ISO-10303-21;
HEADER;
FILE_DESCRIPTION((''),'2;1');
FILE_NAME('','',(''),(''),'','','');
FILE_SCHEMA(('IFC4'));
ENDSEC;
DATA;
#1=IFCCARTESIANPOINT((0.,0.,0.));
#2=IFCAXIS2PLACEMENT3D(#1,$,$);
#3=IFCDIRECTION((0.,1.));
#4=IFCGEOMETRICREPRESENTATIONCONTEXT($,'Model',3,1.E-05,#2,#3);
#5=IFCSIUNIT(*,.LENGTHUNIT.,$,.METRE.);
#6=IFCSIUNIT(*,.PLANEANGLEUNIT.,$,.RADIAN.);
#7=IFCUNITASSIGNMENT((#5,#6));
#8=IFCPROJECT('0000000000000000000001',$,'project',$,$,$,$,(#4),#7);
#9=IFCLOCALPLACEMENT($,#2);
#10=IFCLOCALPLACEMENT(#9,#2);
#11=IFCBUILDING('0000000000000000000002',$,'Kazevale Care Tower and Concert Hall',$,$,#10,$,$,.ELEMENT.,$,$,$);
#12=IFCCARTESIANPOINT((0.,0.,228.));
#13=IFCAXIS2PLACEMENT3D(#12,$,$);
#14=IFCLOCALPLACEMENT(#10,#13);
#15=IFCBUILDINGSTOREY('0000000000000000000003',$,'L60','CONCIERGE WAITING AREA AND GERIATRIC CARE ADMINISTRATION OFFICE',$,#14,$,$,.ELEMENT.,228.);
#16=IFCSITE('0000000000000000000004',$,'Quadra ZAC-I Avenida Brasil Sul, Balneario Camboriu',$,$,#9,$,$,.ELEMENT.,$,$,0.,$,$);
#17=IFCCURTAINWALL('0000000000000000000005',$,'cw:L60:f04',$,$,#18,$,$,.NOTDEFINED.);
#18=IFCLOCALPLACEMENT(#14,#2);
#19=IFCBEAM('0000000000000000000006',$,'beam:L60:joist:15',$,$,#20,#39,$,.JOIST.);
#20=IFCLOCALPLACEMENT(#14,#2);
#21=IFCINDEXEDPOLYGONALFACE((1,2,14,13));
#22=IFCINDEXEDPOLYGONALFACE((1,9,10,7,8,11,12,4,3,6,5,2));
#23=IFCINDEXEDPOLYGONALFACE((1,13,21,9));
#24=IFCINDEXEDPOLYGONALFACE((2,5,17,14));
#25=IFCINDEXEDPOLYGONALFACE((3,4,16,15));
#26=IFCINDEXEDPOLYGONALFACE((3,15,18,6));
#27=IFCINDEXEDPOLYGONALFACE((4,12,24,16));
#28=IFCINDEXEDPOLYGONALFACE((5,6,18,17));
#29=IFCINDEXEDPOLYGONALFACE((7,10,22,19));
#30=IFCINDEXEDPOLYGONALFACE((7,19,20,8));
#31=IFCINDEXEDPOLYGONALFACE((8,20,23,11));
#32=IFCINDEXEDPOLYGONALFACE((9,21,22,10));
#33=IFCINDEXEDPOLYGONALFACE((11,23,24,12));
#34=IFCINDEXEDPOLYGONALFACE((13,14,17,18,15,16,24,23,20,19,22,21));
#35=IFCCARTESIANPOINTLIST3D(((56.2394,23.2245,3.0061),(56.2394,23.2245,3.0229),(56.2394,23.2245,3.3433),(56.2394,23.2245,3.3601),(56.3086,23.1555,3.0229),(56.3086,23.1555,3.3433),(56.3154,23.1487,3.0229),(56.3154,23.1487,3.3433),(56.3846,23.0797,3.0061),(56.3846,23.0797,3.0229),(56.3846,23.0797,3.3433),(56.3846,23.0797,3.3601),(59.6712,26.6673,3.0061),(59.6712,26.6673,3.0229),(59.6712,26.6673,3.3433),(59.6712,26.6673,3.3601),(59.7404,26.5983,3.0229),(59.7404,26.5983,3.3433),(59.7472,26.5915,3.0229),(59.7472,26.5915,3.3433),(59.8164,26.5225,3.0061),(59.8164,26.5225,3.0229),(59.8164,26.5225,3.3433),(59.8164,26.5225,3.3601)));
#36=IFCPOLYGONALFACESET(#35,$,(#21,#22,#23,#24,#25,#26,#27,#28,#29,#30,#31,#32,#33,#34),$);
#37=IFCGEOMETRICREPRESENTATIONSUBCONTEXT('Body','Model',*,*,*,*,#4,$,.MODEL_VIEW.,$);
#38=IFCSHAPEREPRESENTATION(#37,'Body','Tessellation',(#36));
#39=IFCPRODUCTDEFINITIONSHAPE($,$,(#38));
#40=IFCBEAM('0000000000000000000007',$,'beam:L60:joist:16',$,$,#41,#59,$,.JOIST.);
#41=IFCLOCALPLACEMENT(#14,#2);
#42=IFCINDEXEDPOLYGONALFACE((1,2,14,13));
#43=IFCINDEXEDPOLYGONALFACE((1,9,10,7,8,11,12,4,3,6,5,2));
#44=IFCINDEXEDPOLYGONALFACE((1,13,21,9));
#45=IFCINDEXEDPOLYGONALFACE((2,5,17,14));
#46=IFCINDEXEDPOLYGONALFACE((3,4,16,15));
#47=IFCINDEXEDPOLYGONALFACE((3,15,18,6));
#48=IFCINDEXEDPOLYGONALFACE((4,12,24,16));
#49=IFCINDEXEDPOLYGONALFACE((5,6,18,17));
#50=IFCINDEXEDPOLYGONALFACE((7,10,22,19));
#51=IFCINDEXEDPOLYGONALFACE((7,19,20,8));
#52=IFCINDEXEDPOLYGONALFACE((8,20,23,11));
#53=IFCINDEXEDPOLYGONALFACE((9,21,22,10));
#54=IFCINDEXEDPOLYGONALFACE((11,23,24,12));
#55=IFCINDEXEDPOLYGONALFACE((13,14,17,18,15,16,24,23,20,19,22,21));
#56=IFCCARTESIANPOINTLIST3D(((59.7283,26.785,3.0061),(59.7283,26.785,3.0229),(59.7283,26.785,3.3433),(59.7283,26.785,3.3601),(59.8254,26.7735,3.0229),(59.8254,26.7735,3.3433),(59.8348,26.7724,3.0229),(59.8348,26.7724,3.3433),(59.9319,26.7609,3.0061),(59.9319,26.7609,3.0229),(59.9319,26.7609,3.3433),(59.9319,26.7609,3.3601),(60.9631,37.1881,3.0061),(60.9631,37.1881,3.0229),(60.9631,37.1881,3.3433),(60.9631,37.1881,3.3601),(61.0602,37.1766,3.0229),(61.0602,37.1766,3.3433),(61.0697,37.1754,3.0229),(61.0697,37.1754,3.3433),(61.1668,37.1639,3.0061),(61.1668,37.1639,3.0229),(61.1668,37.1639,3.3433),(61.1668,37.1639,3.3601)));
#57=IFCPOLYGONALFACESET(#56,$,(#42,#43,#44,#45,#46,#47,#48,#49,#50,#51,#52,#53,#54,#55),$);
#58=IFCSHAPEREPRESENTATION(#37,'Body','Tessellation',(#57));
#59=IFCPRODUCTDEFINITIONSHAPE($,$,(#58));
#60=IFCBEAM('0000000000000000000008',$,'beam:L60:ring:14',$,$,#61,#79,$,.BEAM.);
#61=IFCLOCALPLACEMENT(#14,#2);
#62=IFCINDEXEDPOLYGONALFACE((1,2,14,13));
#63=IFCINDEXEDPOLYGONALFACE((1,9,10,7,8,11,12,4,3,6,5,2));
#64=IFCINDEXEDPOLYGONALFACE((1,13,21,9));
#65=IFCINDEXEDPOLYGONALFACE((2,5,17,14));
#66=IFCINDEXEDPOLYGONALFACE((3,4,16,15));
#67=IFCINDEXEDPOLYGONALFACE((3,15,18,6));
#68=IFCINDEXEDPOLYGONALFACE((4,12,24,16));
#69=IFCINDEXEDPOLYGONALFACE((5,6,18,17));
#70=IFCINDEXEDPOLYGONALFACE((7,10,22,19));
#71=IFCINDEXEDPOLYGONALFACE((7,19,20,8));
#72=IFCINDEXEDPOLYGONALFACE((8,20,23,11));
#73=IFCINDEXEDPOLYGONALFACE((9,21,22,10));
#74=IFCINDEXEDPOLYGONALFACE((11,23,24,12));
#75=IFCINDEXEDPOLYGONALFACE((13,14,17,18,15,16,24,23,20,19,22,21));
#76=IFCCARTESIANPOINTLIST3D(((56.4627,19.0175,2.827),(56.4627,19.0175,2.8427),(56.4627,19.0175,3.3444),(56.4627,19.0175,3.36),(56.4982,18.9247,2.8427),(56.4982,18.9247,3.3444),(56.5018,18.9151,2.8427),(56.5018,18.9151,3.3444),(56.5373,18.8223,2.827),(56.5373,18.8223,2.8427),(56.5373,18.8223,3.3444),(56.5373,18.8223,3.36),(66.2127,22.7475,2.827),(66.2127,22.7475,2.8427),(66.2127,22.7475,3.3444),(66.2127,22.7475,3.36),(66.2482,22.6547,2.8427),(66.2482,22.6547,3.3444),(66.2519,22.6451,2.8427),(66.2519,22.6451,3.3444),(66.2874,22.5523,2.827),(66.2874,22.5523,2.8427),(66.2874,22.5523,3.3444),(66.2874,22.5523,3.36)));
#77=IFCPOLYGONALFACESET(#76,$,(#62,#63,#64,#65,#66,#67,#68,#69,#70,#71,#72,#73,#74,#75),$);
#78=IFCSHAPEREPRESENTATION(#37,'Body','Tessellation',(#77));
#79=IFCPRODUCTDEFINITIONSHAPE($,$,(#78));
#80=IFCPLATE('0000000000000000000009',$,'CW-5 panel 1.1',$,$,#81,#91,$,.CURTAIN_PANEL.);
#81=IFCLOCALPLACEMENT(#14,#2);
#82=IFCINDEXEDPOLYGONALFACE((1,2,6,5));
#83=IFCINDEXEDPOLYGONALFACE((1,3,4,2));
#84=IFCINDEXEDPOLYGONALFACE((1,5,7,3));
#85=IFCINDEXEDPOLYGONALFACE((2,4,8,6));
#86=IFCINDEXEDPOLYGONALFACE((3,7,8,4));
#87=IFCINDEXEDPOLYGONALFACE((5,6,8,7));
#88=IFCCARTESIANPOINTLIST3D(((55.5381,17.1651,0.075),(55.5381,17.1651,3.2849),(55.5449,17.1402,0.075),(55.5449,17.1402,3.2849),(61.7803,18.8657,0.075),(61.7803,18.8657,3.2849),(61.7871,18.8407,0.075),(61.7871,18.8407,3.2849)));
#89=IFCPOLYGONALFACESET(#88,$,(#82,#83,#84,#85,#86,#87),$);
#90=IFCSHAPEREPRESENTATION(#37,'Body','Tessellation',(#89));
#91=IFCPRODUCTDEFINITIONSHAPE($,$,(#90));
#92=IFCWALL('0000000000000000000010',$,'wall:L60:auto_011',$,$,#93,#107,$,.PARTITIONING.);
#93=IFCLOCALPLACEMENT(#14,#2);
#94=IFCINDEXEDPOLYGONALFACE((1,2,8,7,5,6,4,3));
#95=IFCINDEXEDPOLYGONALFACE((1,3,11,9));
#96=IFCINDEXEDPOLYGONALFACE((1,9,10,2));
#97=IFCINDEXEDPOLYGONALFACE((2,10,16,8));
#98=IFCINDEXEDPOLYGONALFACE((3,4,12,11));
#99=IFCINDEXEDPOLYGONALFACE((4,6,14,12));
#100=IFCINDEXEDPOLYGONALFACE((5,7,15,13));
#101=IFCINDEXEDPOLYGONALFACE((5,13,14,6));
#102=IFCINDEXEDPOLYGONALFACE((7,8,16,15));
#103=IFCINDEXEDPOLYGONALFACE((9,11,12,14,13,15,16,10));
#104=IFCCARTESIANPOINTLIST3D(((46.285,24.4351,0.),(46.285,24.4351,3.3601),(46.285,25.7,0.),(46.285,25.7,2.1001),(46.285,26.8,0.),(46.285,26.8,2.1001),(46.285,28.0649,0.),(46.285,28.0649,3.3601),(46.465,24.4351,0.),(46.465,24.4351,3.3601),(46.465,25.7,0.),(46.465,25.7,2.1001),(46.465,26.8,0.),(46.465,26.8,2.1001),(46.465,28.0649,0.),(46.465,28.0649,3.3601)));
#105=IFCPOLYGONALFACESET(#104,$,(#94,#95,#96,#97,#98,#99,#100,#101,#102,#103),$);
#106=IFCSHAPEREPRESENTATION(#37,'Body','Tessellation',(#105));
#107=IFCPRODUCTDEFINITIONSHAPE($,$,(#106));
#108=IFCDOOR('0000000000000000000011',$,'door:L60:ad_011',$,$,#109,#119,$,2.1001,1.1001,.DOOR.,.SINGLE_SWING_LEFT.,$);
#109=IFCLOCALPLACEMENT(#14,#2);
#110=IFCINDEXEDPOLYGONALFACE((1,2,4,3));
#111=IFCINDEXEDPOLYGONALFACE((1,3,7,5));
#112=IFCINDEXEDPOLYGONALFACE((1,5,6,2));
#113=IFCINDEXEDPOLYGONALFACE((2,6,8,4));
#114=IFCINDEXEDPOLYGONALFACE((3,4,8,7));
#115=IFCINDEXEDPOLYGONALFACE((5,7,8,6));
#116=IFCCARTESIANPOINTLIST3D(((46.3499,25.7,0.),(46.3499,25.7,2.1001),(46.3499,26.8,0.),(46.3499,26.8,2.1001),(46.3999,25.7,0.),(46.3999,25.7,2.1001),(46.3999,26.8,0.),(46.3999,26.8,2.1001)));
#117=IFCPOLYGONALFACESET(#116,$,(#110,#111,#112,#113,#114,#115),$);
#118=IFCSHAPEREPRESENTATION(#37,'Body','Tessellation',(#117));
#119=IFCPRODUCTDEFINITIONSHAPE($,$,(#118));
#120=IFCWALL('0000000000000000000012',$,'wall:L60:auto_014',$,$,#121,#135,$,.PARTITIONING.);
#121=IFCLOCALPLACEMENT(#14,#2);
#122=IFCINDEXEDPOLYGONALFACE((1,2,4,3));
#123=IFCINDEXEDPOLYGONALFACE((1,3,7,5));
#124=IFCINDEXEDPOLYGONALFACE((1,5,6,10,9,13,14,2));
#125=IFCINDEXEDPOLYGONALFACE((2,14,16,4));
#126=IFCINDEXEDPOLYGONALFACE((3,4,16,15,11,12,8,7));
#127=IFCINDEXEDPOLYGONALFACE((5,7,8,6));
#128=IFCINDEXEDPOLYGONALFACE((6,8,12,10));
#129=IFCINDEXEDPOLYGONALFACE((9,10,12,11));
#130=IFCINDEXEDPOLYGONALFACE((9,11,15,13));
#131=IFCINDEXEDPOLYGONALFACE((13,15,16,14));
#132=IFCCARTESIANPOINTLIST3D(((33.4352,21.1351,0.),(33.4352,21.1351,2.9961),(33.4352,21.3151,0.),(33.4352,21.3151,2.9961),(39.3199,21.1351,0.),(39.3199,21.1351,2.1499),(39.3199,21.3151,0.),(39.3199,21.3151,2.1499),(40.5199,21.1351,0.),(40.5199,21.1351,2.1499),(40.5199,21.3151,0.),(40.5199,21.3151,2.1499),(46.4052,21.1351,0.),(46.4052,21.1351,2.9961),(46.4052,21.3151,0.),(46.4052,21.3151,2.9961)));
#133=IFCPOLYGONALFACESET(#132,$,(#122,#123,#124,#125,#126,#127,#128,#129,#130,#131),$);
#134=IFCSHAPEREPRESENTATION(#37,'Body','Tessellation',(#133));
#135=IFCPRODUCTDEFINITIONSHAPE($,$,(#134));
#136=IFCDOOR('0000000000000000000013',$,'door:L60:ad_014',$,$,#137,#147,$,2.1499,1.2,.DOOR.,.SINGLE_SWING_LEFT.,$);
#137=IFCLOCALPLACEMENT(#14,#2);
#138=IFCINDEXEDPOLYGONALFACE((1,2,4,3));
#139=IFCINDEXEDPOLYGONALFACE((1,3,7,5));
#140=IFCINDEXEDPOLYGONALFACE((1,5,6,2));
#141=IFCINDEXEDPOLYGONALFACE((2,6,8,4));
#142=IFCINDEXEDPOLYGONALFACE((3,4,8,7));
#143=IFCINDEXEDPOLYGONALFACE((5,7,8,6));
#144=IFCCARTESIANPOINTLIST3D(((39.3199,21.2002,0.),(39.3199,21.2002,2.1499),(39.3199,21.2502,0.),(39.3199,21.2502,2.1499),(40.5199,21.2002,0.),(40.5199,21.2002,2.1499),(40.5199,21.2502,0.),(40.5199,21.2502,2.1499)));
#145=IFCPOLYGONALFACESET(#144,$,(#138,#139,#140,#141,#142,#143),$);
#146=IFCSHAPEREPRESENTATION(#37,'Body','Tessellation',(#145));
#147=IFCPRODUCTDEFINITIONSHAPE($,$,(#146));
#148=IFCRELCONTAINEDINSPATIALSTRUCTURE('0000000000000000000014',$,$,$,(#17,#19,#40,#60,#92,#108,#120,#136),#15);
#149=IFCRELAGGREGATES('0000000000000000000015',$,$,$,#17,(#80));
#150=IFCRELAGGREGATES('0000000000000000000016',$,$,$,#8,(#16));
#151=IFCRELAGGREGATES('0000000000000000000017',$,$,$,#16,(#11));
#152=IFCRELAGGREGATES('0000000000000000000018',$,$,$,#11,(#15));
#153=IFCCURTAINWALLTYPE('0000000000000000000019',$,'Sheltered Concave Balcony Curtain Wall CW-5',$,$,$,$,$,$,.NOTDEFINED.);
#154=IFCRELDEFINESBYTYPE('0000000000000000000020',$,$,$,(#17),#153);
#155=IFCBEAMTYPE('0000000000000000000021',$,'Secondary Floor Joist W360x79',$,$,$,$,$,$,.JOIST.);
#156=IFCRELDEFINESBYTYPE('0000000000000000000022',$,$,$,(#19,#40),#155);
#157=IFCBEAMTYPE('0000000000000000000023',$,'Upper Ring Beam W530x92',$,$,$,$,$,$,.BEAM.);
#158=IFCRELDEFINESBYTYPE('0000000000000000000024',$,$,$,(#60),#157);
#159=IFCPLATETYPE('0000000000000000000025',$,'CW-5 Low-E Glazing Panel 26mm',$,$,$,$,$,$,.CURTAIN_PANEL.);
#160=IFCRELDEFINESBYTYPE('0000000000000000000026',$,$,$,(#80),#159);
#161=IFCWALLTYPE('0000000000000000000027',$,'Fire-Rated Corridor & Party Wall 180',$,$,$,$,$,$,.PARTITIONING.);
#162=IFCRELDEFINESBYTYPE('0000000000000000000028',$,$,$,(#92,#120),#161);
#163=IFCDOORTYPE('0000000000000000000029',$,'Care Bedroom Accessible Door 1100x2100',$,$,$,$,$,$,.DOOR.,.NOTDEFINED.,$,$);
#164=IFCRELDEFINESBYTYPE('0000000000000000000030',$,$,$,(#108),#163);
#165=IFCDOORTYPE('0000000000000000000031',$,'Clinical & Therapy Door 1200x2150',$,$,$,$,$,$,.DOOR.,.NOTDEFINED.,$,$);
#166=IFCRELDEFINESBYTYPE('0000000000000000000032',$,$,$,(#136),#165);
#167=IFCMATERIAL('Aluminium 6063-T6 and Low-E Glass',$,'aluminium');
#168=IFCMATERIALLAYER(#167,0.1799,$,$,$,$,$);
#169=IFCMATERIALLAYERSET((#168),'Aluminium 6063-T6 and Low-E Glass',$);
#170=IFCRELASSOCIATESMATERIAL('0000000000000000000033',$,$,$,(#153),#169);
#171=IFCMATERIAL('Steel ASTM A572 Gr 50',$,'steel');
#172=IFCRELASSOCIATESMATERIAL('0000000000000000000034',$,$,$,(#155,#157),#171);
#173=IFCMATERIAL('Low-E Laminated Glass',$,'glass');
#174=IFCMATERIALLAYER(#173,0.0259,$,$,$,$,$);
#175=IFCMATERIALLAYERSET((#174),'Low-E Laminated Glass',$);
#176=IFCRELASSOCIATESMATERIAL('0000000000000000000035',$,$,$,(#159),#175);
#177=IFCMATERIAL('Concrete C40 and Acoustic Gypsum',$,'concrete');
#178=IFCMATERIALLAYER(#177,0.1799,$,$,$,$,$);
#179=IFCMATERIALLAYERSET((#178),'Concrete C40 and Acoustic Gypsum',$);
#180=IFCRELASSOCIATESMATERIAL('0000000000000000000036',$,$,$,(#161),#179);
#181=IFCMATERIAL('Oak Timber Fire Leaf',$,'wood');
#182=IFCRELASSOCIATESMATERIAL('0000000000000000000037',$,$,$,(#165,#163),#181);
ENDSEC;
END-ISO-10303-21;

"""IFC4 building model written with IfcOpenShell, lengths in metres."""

from ifc_helpers import new_model, si_unit, direction, frame, frame_2d, origin, origin_2d, place, context, subcontext, project, spatial, rectangle, i_section, extrude, material, layer, layer_set, material_profile, profile_set, type_object, element, fill, aggregate, save


model = new_model("IFC4")

# Units and contexts
model_context = context("Model", 3, precision=1e-05, world=origin(), true_north=direction((0.0, 1.0)))
body_context = subcontext(model_context, "Body", "Model", "MODEL_VIEW")
ifc_project = project(units=[si_unit("LENGTHUNIT", "METRE"), si_unit("PLANEANGLEUNIT", "RADIAN")], contexts=[model_context])

# Site, building, storey
site_placement = place(None, origin())
site = spatial("IfcSite", under=ifc_project, at=site_placement, Name="Quadra ZAC-I Avenida Brasil Sul, Balneario Camboriu", CompositionType="ELEMENT", RefElevation=0.0)
building_placement = place(site_placement, origin())
building = spatial("IfcBuilding", under=site, at=building_placement, Name="Kazevale Care Tower and Concert Hall", CompositionType="ELEMENT")
storey_placement = place(building_placement, frame((0.0, 0.0, 228.0)))
storey = spatial("IfcBuildingStorey", under=building, at=storey_placement, Name="L60", Description="CONCIERGE WAITING AREA AND GERIATRIC CARE ADMINISTRATION OFFICE", CompositionType="ELEMENT", Elevation=228.0)

# Curtain wall
ifc_material_1 = material(Name="Aluminium 6063-T6 and Low-E Glass", Category="aluminium")
ifc_layer_1 = layer(ifc_material_1, 0.1799)
ifc_layer_set_1 = layer_set([ifc_layer_1], Name="Aluminium 6063-T6 and Low-E Glass")
curtain_wall_type = type_object("IfcCurtainWallType", Name="Sheltered Concave Balcony Curtain Wall CW-5", PredefinedType="NOTDEFINED", material=ifc_layer_set_1)
curtain_wall_1_placement = place(storey_placement, origin())
curtain_wall_1 = element("IfcCurtainWall", 1, at=curtain_wall_1_placement, inside=storey, type_object=curtain_wall_type, Name="cw:L60:f04", PredefinedType="NOTDEFINED")

# Beams
ifc_material_2 = material(Name="Steel ASTM A572 Gr 50", Category="steel")
ifc_material_profile_1 = material_profile(ifc_material_2, i_section(OverallWidth=0.2051, OverallDepth=0.354, WebThickness=0.0095, FlangeThickness=0.0168, at=origin_2d()), Name="W360x79")
ifc_profile_set_1 = profile_set([ifc_material_profile_1], Name="Steel ASTM A572 Gr 50")
beam_type_1 = type_object("IfcBeamType", Name="Secondary Floor Joist W360x79", PredefinedType="JOIST", material=ifc_profile_set_1)
beam_1_placement = place(storey_placement, frame((56.312, 23.1521, 3.1831), z_axis=(0.705976, 0.708236, 0.0), x_axis=(-0.708236, 0.705976, 0.0)))
element("IfcBeam", 2, at=beam_1_placement, inside=storey, type_object=beam_type_1, Name="beam:L60:joist:15", PredefinedType="JOIST", context=body_context, shape_type="SweptSolid", body=[
    extrude(i_section(OverallWidth=0.2051, OverallDepth=0.354, WebThickness=0.0095, FlangeThickness=0.0168, at=origin_2d()), origin(), (0.0, 0.0, 1.0), 4.8611),
])
beam_2_placement = place(storey_placement, frame((59.8301, 26.7729, 3.1831), z_axis=(0.117874, 0.993029, 0.0), x_axis=(-0.993029, 0.117874, 0.0)))
element("IfcBeam", 3, at=beam_2_placement, inside=storey, type_object=beam_type_1, Name="beam:L60:joist:16", PredefinedType="JOIST", context=body_context, shape_type="SweptSolid", body=[
    extrude(i_section(OverallWidth=0.2051, OverallDepth=0.354, WebThickness=0.0095, FlangeThickness=0.0168, at=origin_2d()), origin(), (0.0, 0.0, 1.0), 10.4761),
])
ifc_material_profile_2 = material_profile(ifc_material_2, i_section(OverallWidth=0.209, OverallDepth=0.533, WebThickness=0.0103, FlangeThickness=0.0156, at=origin_2d()), Name="W530x92")
ifc_profile_set_2 = profile_set([ifc_material_profile_2], Name="Steel ASTM A572 Gr 50")
beam_type_2 = type_object("IfcBeamType", Name="Upper Ring Beam W530x92", PredefinedType="BEAM", material=ifc_profile_set_2)
beam_3_placement = place(storey_placement, frame((56.5, 18.9199, 3.0935), z_axis=(0.933987, 0.357308, 0.0), x_axis=(-0.357308, 0.933987, 0.0)))
element("IfcBeam", 4, at=beam_3_placement, inside=storey, type_object=beam_type_2, Name="beam:L60:ring:14", PredefinedType="BEAM", context=body_context, shape_type="SweptSolid", body=[
    extrude(i_section(OverallWidth=0.209, OverallDepth=0.533, WebThickness=0.0103, FlangeThickness=0.0156, at=origin_2d()), origin(), (0.0, 0.0, 1.0), 10.4392),
])

# Plate
ifc_material_3 = material(Name="Low-E Laminated Glass", Category="glass")
ifc_layer_2 = layer(ifc_material_3, 0.0259)
ifc_layer_set_2 = layer_set([ifc_layer_2], Name="Low-E Laminated Glass")
plate_type = type_object("IfcPlateType", Name="CW-5 Low-E Glazing Panel 26mm", PredefinedType="CURTAIN_PANEL", material=ifc_layer_set_2)
plate_placement = place(storey_placement, frame((58.6626, 18.0029, 0.075), z_axis=(0.0, 0.0, 1.0), x_axis=(-0.964837, -0.262849, 0.0)))
plate = element("IfcPlate", 5, at=plate_placement, type_object=plate_type, Name="CW-5 panel 1.1", PredefinedType="CURTAIN_PANEL", context=body_context, shape_type="SweptSolid", body=[
    extrude(rectangle(XDim=6.4697, YDim=0.0259, at=origin_2d()), origin(), (0.0, 0.0, 1.0), 3.21),
])
aggregate(curtain_wall_1, [plate])

# Walls, openings, doors
ifc_material_4 = material(Name="Concrete C40 and Acoustic Gypsum", Category="concrete")
ifc_layer_3 = layer(ifc_material_4, 0.1799)
ifc_layer_set_3 = layer_set([ifc_layer_3], Name="Concrete C40 and Acoustic Gypsum")
wall_type_1 = type_object("IfcWallType", Name="Fire-Rated Corridor & Party Wall 180", PredefinedType="PARTITIONING", material=ifc_layer_set_3)
ifc_material_5 = material(Name="Oak Timber Fire Leaf", Category="wood")
door_type_1 = type_object("IfcDoorType", Name="Clinical & Therapy Door 1200x2150", OperationType="NOTDEFINED", PredefinedType="DOOR", material=ifc_material_5)
wall_1_placement = place(storey_placement, frame((46.375, 28.0649, 0.0), z_axis=(0.0, 0.0, 1.0), x_axis=(0.0, -1.0, 0.0)))
wall_1 = element("IfcWall", 6, at=wall_1_placement, inside=storey, type_object=wall_type_1, Name="wall:L60:auto_011", PredefinedType="PARTITIONING", context=body_context, shape_type="SweptSolid", body=[
    extrude(rectangle(XDim=3.6299, YDim=0.1799, at=frame_2d((1.8149, 0.0))), origin(), (0.0, 0.0, 1.0), 3.3601),
])
opening_1_placement = place(wall_1_placement, frame((1.2649, 0.0, 0.0)))
opening_1 = element("IfcOpeningElement", 7, at=opening_1_placement, cuts=wall_1, PredefinedType="OPENING", context=body_context, shape_type="SweptSolid", body=[
    extrude(rectangle(XDim=1.1001, YDim=2.1001, at=frame_2d((0.55, 1.05))), frame((0.0, 0.0999, 0.0), z_axis=(0.0, -1.0, 0.0), x_axis=(1.0, 0.0, 0.0)), (0.0, 0.0, 1.0), 0.2),
])
door_type_2 = type_object("IfcDoorType", Name="Care Bedroom Accessible Door 1100x2100", OperationType="NOTDEFINED", PredefinedType="DOOR", material=ifc_material_5)
door_1_placement = place(opening_1_placement, origin())
door_1 = element("IfcDoor", 8, at=door_1_placement, inside=storey, type_object=door_type_2, Name="door:L60:ad_011", OperationType="SINGLE_SWING_LEFT", OverallHeight=2.1001, OverallWidth=1.1001, PredefinedType="DOOR", context=body_context, shape_type="SweptSolid", body=[
    extrude(rectangle(XDim=1.1001, YDim=2.1001, at=frame_2d((0.55, 1.05))), frame((0.0, 0.0249, 0.0), z_axis=(0.0, -1.0, 0.0), x_axis=(1.0, 0.0, 0.0)), (0.0, 0.0, 1.0), 0.05),
])
fill(opening_1, door_1)
wall_2_placement = place(storey_placement, frame((46.405, 21.2251, 0.0), z_axis=(0.0, 0.0, 1.0), x_axis=(-1.0, 0.0, 0.0)))
wall_2 = element("IfcWall", 9, at=wall_2_placement, inside=storey, type_object=wall_type_1, Name="wall:L60:auto_014", PredefinedType="PARTITIONING", context=body_context, shape_type="SweptSolid", body=[
    extrude(rectangle(XDim=12.97, YDim=0.1799, at=frame_2d((6.4849, 0.0))), origin(), (0.0, 0.0, 1.0), 2.9961),
])
opening_2_placement = place(wall_2_placement, frame((5.885, 0.0, 0.0)))
opening_2 = element("IfcOpeningElement", 10, at=opening_2_placement, cuts=wall_2, PredefinedType="OPENING", context=body_context, shape_type="SweptSolid", body=[
    extrude(rectangle(XDim=1.2, YDim=2.1499, at=frame_2d((0.6001, 1.075))), frame((0.0, 0.0999, 0.0), z_axis=(0.0, -1.0, 0.0), x_axis=(1.0, 0.0, 0.0)), (0.0, 0.0, 1.0), 0.2),
])
door_2_placement = place(opening_2_placement, origin())
door_2 = element("IfcDoor", 11, at=door_2_placement, inside=storey, type_object=door_type_1, Name="door:L60:ad_014", OperationType="SINGLE_SWING_LEFT", OverallHeight=2.1499, OverallWidth=1.2, PredefinedType="DOOR", context=body_context, shape_type="SweptSolid", body=[
    extrude(rectangle(XDim=1.2, YDim=2.1499, at=frame_2d((0.6001, 1.075))), frame((0.0, 0.0249, 0.0), z_axis=(0.0, -1.0, 0.0), x_axis=(1.0, 0.0, 0.0)), (0.0, 0.0, 1.0), 0.05),
])
fill(opening_2, door_2)

save(model, "model.ifc")
